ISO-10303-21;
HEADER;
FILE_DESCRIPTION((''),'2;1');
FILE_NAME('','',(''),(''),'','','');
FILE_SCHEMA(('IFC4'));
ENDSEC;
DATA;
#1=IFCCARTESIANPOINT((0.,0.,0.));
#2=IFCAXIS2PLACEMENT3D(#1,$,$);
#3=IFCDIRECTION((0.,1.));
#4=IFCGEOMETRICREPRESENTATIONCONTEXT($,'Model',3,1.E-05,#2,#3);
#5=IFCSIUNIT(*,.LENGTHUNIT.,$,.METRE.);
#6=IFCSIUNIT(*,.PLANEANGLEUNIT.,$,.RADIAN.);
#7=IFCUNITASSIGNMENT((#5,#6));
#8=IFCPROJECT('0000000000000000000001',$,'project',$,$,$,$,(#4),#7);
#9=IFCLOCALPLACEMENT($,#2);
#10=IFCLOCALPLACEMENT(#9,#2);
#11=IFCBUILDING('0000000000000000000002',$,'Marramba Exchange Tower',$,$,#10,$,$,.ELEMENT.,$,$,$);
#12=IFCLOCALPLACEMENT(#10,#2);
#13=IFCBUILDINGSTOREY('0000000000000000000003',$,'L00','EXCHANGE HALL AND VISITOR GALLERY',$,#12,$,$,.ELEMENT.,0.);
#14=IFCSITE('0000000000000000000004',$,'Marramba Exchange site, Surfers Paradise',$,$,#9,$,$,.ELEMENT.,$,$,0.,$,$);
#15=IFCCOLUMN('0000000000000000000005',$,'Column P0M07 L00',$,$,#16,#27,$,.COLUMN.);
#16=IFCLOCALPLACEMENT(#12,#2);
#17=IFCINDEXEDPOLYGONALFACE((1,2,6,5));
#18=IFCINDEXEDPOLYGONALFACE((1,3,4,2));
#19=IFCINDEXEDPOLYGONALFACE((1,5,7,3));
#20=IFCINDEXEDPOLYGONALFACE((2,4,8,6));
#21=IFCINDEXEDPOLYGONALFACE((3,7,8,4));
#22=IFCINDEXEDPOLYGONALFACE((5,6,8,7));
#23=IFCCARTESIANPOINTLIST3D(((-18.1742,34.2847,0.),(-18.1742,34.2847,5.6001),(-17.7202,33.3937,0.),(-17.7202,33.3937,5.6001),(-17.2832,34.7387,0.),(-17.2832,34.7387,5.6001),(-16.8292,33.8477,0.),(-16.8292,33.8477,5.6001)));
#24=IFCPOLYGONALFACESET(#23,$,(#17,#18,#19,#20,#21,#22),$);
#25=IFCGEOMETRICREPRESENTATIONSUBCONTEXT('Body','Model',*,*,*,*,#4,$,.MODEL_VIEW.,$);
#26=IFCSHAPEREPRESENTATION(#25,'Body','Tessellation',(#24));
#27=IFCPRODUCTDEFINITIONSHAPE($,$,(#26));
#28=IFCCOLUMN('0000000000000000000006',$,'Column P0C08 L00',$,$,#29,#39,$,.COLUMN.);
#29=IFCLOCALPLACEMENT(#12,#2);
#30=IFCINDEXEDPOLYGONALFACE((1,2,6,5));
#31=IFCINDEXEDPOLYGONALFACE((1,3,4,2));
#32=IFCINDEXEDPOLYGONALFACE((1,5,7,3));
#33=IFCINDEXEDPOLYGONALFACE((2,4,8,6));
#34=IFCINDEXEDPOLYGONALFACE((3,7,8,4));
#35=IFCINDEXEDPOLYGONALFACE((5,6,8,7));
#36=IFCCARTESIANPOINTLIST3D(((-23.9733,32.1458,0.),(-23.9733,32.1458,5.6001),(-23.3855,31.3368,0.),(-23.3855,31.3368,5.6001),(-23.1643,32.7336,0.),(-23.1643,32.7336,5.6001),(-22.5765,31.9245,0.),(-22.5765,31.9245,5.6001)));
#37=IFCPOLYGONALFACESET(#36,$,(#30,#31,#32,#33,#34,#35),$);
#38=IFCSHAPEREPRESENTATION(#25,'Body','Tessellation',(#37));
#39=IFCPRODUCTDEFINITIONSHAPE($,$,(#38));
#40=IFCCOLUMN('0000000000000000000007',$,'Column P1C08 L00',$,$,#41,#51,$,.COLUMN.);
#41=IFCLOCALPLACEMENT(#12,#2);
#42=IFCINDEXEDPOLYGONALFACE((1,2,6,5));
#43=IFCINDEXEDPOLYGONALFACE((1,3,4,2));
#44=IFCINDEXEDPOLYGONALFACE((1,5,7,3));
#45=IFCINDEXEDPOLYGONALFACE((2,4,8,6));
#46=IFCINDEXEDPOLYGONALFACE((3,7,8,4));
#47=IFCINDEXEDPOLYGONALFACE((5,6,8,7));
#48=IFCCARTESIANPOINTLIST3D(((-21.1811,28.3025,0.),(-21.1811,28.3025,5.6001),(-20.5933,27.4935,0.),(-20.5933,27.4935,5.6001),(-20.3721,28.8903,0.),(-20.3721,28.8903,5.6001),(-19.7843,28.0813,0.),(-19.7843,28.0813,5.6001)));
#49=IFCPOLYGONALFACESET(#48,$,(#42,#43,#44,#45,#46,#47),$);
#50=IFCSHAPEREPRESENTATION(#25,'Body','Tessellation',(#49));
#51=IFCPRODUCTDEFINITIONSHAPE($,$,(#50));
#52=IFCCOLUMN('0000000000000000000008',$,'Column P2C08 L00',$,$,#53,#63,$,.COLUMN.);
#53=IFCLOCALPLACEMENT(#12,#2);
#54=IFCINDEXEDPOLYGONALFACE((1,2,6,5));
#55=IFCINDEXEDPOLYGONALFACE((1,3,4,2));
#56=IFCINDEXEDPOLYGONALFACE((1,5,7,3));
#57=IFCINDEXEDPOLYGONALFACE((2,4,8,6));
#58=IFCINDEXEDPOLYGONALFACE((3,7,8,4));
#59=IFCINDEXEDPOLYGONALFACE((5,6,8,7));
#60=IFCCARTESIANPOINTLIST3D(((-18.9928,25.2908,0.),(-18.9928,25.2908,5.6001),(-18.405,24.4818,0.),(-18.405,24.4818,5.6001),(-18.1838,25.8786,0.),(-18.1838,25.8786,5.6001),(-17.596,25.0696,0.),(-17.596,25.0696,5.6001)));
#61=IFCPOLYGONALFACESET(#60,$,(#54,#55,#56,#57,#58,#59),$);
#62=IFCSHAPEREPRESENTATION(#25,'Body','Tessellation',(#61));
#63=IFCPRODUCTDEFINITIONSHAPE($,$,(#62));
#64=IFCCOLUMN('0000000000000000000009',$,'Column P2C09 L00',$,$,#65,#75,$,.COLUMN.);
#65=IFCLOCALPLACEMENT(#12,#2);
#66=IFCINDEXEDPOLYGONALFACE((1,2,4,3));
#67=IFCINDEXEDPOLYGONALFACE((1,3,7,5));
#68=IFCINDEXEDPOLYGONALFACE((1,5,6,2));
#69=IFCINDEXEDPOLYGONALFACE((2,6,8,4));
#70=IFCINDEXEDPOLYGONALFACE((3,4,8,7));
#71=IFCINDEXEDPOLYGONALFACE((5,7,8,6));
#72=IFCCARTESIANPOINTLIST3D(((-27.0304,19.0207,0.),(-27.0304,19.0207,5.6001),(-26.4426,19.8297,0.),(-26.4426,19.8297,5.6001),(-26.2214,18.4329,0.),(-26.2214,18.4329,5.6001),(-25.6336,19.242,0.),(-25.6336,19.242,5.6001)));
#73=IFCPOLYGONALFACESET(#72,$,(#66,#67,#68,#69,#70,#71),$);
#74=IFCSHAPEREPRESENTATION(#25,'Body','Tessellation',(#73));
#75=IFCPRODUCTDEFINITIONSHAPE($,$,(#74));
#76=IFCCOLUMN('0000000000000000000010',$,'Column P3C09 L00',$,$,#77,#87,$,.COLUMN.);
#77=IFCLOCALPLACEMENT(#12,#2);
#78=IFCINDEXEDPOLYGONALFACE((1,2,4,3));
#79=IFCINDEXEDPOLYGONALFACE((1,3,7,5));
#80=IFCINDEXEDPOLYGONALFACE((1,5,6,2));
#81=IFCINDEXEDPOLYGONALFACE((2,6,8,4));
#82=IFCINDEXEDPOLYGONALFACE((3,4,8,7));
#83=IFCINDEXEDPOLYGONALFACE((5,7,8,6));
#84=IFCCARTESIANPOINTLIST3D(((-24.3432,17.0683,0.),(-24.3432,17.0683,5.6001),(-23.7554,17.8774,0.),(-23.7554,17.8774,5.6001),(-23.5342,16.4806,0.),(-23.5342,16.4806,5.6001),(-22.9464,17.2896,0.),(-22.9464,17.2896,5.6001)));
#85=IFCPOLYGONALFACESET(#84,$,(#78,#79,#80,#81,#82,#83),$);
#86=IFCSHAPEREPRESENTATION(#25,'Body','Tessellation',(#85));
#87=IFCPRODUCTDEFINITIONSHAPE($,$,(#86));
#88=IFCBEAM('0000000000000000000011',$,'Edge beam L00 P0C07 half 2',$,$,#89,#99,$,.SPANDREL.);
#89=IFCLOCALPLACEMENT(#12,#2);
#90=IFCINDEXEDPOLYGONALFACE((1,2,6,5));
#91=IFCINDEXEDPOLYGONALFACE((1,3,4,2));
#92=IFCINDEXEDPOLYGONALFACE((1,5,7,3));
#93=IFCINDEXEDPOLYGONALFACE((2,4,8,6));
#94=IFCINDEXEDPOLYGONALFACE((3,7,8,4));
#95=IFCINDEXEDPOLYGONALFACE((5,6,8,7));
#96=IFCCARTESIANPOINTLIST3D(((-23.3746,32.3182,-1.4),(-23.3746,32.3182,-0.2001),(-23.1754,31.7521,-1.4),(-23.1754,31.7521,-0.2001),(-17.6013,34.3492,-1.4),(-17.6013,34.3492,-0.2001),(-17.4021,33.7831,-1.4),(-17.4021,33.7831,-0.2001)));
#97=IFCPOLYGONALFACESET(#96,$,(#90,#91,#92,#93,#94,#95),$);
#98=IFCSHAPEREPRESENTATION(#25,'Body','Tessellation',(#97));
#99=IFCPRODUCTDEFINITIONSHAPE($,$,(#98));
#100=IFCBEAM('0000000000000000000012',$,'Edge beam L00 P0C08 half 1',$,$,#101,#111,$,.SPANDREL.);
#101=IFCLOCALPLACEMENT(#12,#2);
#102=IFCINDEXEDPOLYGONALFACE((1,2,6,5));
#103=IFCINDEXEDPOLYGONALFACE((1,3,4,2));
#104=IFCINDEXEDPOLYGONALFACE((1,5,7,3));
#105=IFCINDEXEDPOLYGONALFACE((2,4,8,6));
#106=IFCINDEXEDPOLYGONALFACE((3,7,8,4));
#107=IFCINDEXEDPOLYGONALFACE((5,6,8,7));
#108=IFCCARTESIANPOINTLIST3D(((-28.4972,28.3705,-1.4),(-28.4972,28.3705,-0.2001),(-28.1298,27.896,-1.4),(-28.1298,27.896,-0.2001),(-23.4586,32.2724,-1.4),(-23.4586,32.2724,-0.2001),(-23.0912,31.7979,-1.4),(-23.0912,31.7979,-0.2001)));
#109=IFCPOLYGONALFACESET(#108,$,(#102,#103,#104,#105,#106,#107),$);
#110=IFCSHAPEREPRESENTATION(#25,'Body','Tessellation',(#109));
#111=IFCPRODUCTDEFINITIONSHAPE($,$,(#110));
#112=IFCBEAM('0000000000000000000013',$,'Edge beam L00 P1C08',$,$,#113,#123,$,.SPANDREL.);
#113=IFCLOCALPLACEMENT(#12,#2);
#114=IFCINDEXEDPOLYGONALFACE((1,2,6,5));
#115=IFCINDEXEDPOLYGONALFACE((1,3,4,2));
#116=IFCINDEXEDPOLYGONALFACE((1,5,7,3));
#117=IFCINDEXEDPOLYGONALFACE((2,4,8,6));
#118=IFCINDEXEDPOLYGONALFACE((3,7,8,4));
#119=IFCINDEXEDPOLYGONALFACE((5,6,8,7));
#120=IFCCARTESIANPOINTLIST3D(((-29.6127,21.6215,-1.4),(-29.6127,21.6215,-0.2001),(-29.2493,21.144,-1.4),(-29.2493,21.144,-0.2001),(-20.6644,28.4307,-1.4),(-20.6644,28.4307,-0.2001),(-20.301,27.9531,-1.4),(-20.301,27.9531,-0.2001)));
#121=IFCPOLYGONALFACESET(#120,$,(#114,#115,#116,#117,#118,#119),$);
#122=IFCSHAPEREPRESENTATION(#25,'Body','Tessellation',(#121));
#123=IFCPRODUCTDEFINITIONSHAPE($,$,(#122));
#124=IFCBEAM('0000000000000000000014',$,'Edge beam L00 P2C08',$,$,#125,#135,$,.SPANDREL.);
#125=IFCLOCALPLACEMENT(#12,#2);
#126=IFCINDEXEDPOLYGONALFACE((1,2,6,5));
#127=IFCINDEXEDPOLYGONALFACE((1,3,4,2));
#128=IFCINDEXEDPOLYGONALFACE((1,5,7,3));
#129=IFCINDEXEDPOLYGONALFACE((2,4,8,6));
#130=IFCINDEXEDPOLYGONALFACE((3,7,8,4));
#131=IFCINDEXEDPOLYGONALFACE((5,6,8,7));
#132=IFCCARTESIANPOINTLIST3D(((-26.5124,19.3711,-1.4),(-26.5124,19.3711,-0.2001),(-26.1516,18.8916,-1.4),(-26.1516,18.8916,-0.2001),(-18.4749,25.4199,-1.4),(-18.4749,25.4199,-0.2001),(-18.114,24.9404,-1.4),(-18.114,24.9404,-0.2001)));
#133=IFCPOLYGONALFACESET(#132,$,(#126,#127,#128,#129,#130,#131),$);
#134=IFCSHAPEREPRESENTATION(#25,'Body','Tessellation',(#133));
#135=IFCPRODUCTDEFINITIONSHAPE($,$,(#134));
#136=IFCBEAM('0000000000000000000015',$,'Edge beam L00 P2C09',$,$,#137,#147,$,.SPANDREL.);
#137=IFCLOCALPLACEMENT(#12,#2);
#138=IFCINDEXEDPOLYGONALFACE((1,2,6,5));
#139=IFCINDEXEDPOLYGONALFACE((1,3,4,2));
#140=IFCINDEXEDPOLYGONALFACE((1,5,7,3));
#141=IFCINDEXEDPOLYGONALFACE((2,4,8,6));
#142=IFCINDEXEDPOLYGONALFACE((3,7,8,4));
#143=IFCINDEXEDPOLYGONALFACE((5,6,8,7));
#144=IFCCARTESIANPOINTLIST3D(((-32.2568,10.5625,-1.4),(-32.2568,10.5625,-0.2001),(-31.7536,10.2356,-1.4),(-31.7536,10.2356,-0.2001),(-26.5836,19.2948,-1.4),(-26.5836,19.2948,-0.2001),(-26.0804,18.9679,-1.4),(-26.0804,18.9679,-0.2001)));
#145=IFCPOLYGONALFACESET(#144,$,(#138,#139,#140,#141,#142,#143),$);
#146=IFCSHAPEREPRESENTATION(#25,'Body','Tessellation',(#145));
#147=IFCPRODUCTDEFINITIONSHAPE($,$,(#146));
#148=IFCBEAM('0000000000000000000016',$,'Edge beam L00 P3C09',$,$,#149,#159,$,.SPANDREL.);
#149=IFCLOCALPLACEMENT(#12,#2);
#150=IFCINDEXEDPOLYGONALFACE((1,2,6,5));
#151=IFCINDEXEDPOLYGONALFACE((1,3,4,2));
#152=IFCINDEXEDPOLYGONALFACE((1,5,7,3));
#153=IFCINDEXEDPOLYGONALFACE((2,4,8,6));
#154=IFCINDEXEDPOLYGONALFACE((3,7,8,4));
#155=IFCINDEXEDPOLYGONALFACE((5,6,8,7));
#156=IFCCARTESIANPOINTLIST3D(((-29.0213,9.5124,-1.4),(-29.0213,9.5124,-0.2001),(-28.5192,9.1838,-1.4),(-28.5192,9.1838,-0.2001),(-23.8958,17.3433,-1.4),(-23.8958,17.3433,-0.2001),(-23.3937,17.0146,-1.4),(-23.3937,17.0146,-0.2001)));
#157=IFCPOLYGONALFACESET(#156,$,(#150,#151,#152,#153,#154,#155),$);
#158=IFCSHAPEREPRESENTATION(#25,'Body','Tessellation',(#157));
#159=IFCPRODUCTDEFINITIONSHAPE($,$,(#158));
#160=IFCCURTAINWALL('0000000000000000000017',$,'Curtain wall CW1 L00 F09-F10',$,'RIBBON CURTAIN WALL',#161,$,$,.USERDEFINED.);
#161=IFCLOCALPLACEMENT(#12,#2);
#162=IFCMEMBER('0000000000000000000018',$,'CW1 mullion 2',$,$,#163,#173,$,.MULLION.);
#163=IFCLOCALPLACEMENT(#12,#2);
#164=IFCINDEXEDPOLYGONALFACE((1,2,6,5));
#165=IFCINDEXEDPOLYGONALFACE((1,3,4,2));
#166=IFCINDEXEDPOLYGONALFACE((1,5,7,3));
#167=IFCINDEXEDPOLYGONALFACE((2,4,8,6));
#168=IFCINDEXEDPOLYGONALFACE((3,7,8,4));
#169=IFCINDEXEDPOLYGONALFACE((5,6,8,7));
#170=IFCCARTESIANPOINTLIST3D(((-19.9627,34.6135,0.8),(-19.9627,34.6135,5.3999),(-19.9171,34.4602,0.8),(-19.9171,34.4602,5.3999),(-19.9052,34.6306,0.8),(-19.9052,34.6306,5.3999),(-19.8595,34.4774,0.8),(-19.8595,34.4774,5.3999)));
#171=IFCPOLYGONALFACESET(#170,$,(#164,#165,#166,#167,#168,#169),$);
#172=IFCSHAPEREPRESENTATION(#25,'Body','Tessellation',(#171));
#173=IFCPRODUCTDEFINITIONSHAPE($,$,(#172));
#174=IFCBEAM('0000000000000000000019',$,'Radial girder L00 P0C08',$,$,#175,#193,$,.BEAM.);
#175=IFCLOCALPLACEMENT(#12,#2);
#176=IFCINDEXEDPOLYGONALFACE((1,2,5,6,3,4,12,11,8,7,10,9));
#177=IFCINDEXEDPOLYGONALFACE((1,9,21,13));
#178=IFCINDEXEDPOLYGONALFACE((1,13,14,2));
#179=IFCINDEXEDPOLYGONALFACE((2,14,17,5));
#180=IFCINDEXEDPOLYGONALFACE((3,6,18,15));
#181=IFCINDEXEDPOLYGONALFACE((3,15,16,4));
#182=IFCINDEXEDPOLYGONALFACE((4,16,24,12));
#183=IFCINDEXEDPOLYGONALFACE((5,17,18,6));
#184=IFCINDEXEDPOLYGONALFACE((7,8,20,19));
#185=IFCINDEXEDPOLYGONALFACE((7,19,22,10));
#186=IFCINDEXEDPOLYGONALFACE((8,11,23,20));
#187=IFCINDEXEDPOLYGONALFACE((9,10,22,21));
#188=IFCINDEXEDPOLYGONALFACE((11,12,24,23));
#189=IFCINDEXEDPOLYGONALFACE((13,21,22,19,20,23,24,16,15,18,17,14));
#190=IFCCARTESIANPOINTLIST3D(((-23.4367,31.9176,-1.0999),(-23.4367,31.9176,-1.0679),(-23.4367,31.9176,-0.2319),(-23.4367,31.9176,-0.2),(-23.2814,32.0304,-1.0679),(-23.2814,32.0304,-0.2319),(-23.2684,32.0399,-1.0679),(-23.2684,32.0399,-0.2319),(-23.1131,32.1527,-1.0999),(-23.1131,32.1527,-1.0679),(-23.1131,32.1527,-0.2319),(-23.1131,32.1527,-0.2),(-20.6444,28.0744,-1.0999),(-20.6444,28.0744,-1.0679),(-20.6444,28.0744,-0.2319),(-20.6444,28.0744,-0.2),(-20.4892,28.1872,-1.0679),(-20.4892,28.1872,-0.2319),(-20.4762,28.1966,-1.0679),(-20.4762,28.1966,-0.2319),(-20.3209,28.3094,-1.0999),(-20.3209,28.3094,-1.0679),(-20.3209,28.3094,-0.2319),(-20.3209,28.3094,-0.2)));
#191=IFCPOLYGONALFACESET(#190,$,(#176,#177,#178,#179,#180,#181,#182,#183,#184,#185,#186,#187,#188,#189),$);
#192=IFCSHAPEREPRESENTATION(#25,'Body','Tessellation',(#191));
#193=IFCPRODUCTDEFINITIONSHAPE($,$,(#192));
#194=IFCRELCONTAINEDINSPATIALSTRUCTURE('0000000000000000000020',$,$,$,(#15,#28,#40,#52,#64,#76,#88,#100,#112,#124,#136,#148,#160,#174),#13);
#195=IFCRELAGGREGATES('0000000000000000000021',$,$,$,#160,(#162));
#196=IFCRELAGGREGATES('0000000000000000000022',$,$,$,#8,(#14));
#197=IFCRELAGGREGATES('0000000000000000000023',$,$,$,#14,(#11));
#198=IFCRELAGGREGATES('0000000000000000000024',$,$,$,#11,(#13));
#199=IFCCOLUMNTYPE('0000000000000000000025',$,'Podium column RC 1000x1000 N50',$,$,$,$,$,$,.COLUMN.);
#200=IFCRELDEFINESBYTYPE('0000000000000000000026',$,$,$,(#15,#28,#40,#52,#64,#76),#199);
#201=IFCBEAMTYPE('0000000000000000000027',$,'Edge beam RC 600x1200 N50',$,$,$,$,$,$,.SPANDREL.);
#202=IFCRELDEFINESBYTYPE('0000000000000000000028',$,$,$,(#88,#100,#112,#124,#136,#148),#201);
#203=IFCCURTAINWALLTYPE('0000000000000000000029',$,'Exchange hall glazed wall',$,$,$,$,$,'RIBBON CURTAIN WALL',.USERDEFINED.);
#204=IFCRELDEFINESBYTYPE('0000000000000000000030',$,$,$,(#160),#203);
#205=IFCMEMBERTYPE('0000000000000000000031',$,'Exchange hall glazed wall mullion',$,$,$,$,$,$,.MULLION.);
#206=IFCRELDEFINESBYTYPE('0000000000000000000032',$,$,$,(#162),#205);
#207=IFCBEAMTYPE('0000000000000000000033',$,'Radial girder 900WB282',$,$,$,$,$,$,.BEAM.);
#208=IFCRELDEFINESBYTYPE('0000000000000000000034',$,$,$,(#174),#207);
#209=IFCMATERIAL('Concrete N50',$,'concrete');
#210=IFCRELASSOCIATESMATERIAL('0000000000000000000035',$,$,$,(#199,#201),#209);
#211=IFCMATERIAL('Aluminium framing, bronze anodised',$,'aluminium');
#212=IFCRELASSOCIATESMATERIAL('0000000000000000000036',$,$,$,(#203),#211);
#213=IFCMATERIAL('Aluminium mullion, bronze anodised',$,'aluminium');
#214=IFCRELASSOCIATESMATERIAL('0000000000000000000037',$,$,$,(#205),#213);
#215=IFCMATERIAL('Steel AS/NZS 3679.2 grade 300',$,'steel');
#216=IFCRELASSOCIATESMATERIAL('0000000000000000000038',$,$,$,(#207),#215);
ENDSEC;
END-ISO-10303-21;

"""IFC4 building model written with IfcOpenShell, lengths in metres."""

from ifc_helpers import new_model, si_unit, direction, frame, origin, origin_2d, place, context, subcontext, project, spatial, rectangle, i_section, extrude, material, material_profile, profile_set, type_object, element, aggregate, save


model = new_model("IFC4")

# Units and contexts
model_context = context("Model", 3, precision=1e-05, world=origin(), true_north=direction((0.0, 1.0)))
body_context = subcontext(model_context, "Body", "Model", "MODEL_VIEW")
ifc_project = project(units=[si_unit("LENGTHUNIT", "METRE"), si_unit("PLANEANGLEUNIT", "RADIAN")], contexts=[model_context])

# Site, building, storey
site_placement = place(None, origin())
site = spatial("IfcSite", under=ifc_project, at=site_placement, Name="Marramba Exchange site, Surfers Paradise", CompositionType="ELEMENT", RefElevation=0.0)
building_placement = place(site_placement, origin())
building = spatial("IfcBuilding", under=site, at=building_placement, Name="Marramba Exchange Tower", CompositionType="ELEMENT")
storey_placement = place(building_placement, origin())
storey = spatial("IfcBuildingStorey", under=building, at=storey_placement, Name="L00", Description="EXCHANGE HALL AND VISITOR GALLERY", CompositionType="ELEMENT", Elevation=0.0)

# Columns
ifc_material_1 = material(Name="Concrete N50", Category="concrete")
ifc_material_profile_1 = material_profile(ifc_material_1, rectangle(XDim=1.0, YDim=1.0, at=origin_2d()), Name="RC 1000x1000")
ifc_profile_set_1 = profile_set([ifc_material_profile_1], Name="Concrete N50")
column_type = type_object("IfcColumnType", Name="Podium column RC 1000x1000 N50", PredefinedType="COLUMN", material=ifc_profile_set_1)
for number, where, z_axis, x_axis, name in (
    (1, (-17.5017, 34.0662, 0.0), (0.0, 0.0, 1.0), (-0.45399, 0.891007, 0.0), "Column P0M07 L00"),
    (2, (-23.2749, 32.0352, 0.0), (0.0, 0.0, 1.0), (-0.587785, 0.809017, 0.0), "Column P0C08 L00"),
    (3, (-20.4827, 28.1919, 0.0), (0.0, 0.0, 1.0), (-0.587785, 0.809017, 0.0), "Column P1C08 L00"),
    (4, (-18.2944, 25.1802, 0.0), (0.0, 0.0, 1.0), (-0.587785, 0.809017, 0.0), "Column P2C08 L00"),
    (5, (-26.332, 19.1313, 0.0), (0.0, 0.0, 1.0), (-0.809017, 0.587785, 0.0), "Column P2C09 L00"),
    (6, (-23.6448, 17.179, 0.0), (0.0, 0.0, 1.0), (-0.809017, 0.587785, 0.0), "Column P3C09 L00"),
):
    element("IfcColumn", number, at=place(storey_placement, frame(where, z_axis=z_axis, x_axis=x_axis)), inside=storey, type_object=column_type, Name=name, PredefinedType="COLUMN", context=body_context, shape_type="SweptSolid", body=[
        extrude(rectangle(XDim=1.0, YDim=1.0, at=origin_2d()), origin(), (0.0, 0.0, 1.0), 5.6001),
    ])

# Beams
ifc_material_profile_2 = material_profile(ifc_material_1, rectangle(XDim=0.6001, YDim=1.2, at=origin_2d()), Name="RC 600x1200")
ifc_profile_set_2 = profile_set([ifc_material_profile_2], Name="Concrete N50")
beam_type_1 = type_object("IfcBeamType", Name="Edge beam RC 600x1200 N50", PredefinedType="SPANDREL", material=ifc_profile_set_2)
beam_1_placement = place(storey_placement, frame((-17.5017, 34.0662, -0.8), z_axis=(-0.943328, -0.331862, 0.0), x_axis=(0.331862, -0.943328, 0.0)))
element("IfcBeam", 7, at=beam_1_placement, inside=storey, type_object=beam_type_1, Name="Edge beam L00 P0C07 half 2", PredefinedType="SPANDREL", context=body_context, shape_type="SweptSolid", body=[
    extrude(rectangle(XDim=0.6001, YDim=1.2, at=origin_2d()), origin(), (0.0, 0.0, 1.0), 6.1201),
])
beam_2_placement = place(storey_placement, frame((-23.2749, 32.0352, -0.8), z_axis=(-0.790646, -0.612274, 0.0), x_axis=(0.612274, -0.790646, 0.0)))
element("IfcBeam", 8, at=beam_2_placement, inside=storey, type_object=beam_type_1, Name="Edge beam L00 P0C08 half 1", PredefinedType="SPANDREL", context=body_context, shape_type="SweptSolid", body=[
    extrude(rectangle(XDim=0.6001, YDim=1.2, at=origin_2d()), origin(), (0.0, 0.0, 1.0), 6.3728),
])
beam_3_placement = place(storey_placement, frame((-20.4827, 28.1919, -0.8), z_axis=(-0.795801, -0.605558, 0.0), x_axis=(0.605558, -0.795801, 0.0)))
element("IfcBeam", 9, at=beam_3_placement, inside=storey, type_object=beam_type_1, Name="Edge beam L00 P1C08", PredefinedType="SPANDREL", context=body_context, shape_type="SweptSolid", body=[
    extrude(rectangle(XDim=0.6001, YDim=1.2, at=origin_2d()), origin(), (0.0, 0.0, 1.0), 11.2444),
])
beam_4_placement = place(storey_placement, frame((-18.2944, 25.1802, -0.8), z_axis=(-0.799015, -0.601312, 0.0), x_axis=(0.601312, -0.799015, 0.0)))
element("IfcBeam", 10, at=beam_4_placement, inside=storey, type_object=beam_type_1, Name="Edge beam L00 P2C08", PredefinedType="SPANDREL", context=body_context, shape_type="SweptSolid", body=[
    extrude(rectangle(XDim=0.6001, YDim=1.2, at=origin_2d()), origin(), (0.0, 0.0, 1.0), 10.0593),
])
beam_5_placement = place(storey_placement, frame((-26.332, 19.1313, -0.8), z_axis=(-0.544798, -0.838567, 0.0), x_axis=(0.838567, -0.544798, 0.0)))
element("IfcBeam", 11, at=beam_5_placement, inside=storey, type_object=beam_type_1, Name="Edge beam L00 P2C09", PredefinedType="SPANDREL", context=body_context, shape_type="SweptSolid", body=[
    extrude(rectangle(XDim=0.6001, YDim=1.2, at=origin_2d()), origin(), (0.0, 0.0, 1.0), 10.4133),
])
beam_6_placement = place(storey_placement, frame((-23.6448, 17.179, -0.8), z_axis=(-0.547649, -0.836708, 0.0), x_axis=(0.836708, -0.547649, 0.0)))
element("IfcBeam", 12, at=beam_6_placement, inside=storey, type_object=beam_type_1, Name="Edge beam L00 P3C09", PredefinedType="SPANDREL", context=body_context, shape_type="SweptSolid", body=[
    extrude(rectangle(XDim=0.6001, YDim=1.2, at=origin_2d()), origin(), (0.0, 0.0, 1.0), 9.3591),
])

# Curtain wall, member
ifc_material_2 = material(Name="Aluminium framing, bronze anodised", Category="aluminium")
curtain_wall_type = type_object("IfcCurtainWallType", Name="Exchange hall glazed wall", ElementType="RIBBON CURTAIN WALL", PredefinedType="USERDEFINED", material=ifc_material_2)
curtain_wall_placement = place(storey_placement, origin())
curtain_wall = element("IfcCurtainWall", 13, at=curtain_wall_placement, inside=storey, type_object=curtain_wall_type, Name="Curtain wall CW1 L00 F09-F10", ObjectType="RIBBON CURTAIN WALL", PredefinedType="USERDEFINED")
ifc_material_3 = material(Name="Aluminium mullion, bronze anodised", Category="aluminium")
ifc_material_profile_3 = material_profile(ifc_material_3, rectangle(XDim=0.1599, YDim=0.0601, at=origin_2d()), Name="CW1 mullion 60x160")
ifc_profile_set_3 = profile_set([ifc_material_profile_3], Name="Aluminium mullion, bronze anodised")
member_type = type_object("IfcMemberType", Name="Exchange hall glazed wall mullion", PredefinedType="MULLION", material=ifc_profile_set_3)
member_placement = place(storey_placement, frame((-19.9111, 34.5454, 0.8), z_axis=(0.0, 0.0, 1.0), x_axis=(0.285621, -0.958343, 0.0)))
member = element("IfcMember", 14, at=member_placement, type_object=member_type, Name="CW1 mullion 2", PredefinedType="MULLION", context=body_context, shape_type="SweptSolid", body=[
    extrude(rectangle(XDim=0.1599, YDim=0.0601, at=origin_2d()), origin(), (0.0, 0.0, 1.0), 4.5999),
])
aggregate(curtain_wall, [member])

# Beam
ifc_material_4 = material(Name="Steel AS/NZS 3679.2 grade 300", Category="steel")
ifc_material_profile_4 = material_profile(ifc_material_4, i_section(OverallWidth=0.3999, OverallDepth=0.8999, WebThickness=0.0161, FlangeThickness=0.032, at=origin_2d()), Name="900WB282")
ifc_profile_set_4 = profile_set([ifc_material_profile_4], Name="Steel AS/NZS 3679.2 grade 300")
beam_type_2 = type_object("IfcBeamType", Name="Radial girder 900WB282", PredefinedType="BEAM", material=ifc_profile_set_4)
beam_7_placement = place(storey_placement, frame((-23.2749, 32.0352, -0.6499), z_axis=(0.587777, -0.809023, 0.0), x_axis=(0.809023, 0.587777, 0.0)))
element("IfcBeam", 15, at=beam_7_placement, inside=storey, type_object=beam_type_2, Name="Radial girder L00 P0C08", PredefinedType="BEAM", context=body_context, shape_type="SweptSolid", body=[
    extrude(i_section(OverallWidth=0.3999, OverallDepth=0.8999, WebThickness=0.0161, FlangeThickness=0.032, at=origin_2d()), origin(), (0.0, 0.0, 1.0), 4.7505),
])

save(model, "model.ifc")
